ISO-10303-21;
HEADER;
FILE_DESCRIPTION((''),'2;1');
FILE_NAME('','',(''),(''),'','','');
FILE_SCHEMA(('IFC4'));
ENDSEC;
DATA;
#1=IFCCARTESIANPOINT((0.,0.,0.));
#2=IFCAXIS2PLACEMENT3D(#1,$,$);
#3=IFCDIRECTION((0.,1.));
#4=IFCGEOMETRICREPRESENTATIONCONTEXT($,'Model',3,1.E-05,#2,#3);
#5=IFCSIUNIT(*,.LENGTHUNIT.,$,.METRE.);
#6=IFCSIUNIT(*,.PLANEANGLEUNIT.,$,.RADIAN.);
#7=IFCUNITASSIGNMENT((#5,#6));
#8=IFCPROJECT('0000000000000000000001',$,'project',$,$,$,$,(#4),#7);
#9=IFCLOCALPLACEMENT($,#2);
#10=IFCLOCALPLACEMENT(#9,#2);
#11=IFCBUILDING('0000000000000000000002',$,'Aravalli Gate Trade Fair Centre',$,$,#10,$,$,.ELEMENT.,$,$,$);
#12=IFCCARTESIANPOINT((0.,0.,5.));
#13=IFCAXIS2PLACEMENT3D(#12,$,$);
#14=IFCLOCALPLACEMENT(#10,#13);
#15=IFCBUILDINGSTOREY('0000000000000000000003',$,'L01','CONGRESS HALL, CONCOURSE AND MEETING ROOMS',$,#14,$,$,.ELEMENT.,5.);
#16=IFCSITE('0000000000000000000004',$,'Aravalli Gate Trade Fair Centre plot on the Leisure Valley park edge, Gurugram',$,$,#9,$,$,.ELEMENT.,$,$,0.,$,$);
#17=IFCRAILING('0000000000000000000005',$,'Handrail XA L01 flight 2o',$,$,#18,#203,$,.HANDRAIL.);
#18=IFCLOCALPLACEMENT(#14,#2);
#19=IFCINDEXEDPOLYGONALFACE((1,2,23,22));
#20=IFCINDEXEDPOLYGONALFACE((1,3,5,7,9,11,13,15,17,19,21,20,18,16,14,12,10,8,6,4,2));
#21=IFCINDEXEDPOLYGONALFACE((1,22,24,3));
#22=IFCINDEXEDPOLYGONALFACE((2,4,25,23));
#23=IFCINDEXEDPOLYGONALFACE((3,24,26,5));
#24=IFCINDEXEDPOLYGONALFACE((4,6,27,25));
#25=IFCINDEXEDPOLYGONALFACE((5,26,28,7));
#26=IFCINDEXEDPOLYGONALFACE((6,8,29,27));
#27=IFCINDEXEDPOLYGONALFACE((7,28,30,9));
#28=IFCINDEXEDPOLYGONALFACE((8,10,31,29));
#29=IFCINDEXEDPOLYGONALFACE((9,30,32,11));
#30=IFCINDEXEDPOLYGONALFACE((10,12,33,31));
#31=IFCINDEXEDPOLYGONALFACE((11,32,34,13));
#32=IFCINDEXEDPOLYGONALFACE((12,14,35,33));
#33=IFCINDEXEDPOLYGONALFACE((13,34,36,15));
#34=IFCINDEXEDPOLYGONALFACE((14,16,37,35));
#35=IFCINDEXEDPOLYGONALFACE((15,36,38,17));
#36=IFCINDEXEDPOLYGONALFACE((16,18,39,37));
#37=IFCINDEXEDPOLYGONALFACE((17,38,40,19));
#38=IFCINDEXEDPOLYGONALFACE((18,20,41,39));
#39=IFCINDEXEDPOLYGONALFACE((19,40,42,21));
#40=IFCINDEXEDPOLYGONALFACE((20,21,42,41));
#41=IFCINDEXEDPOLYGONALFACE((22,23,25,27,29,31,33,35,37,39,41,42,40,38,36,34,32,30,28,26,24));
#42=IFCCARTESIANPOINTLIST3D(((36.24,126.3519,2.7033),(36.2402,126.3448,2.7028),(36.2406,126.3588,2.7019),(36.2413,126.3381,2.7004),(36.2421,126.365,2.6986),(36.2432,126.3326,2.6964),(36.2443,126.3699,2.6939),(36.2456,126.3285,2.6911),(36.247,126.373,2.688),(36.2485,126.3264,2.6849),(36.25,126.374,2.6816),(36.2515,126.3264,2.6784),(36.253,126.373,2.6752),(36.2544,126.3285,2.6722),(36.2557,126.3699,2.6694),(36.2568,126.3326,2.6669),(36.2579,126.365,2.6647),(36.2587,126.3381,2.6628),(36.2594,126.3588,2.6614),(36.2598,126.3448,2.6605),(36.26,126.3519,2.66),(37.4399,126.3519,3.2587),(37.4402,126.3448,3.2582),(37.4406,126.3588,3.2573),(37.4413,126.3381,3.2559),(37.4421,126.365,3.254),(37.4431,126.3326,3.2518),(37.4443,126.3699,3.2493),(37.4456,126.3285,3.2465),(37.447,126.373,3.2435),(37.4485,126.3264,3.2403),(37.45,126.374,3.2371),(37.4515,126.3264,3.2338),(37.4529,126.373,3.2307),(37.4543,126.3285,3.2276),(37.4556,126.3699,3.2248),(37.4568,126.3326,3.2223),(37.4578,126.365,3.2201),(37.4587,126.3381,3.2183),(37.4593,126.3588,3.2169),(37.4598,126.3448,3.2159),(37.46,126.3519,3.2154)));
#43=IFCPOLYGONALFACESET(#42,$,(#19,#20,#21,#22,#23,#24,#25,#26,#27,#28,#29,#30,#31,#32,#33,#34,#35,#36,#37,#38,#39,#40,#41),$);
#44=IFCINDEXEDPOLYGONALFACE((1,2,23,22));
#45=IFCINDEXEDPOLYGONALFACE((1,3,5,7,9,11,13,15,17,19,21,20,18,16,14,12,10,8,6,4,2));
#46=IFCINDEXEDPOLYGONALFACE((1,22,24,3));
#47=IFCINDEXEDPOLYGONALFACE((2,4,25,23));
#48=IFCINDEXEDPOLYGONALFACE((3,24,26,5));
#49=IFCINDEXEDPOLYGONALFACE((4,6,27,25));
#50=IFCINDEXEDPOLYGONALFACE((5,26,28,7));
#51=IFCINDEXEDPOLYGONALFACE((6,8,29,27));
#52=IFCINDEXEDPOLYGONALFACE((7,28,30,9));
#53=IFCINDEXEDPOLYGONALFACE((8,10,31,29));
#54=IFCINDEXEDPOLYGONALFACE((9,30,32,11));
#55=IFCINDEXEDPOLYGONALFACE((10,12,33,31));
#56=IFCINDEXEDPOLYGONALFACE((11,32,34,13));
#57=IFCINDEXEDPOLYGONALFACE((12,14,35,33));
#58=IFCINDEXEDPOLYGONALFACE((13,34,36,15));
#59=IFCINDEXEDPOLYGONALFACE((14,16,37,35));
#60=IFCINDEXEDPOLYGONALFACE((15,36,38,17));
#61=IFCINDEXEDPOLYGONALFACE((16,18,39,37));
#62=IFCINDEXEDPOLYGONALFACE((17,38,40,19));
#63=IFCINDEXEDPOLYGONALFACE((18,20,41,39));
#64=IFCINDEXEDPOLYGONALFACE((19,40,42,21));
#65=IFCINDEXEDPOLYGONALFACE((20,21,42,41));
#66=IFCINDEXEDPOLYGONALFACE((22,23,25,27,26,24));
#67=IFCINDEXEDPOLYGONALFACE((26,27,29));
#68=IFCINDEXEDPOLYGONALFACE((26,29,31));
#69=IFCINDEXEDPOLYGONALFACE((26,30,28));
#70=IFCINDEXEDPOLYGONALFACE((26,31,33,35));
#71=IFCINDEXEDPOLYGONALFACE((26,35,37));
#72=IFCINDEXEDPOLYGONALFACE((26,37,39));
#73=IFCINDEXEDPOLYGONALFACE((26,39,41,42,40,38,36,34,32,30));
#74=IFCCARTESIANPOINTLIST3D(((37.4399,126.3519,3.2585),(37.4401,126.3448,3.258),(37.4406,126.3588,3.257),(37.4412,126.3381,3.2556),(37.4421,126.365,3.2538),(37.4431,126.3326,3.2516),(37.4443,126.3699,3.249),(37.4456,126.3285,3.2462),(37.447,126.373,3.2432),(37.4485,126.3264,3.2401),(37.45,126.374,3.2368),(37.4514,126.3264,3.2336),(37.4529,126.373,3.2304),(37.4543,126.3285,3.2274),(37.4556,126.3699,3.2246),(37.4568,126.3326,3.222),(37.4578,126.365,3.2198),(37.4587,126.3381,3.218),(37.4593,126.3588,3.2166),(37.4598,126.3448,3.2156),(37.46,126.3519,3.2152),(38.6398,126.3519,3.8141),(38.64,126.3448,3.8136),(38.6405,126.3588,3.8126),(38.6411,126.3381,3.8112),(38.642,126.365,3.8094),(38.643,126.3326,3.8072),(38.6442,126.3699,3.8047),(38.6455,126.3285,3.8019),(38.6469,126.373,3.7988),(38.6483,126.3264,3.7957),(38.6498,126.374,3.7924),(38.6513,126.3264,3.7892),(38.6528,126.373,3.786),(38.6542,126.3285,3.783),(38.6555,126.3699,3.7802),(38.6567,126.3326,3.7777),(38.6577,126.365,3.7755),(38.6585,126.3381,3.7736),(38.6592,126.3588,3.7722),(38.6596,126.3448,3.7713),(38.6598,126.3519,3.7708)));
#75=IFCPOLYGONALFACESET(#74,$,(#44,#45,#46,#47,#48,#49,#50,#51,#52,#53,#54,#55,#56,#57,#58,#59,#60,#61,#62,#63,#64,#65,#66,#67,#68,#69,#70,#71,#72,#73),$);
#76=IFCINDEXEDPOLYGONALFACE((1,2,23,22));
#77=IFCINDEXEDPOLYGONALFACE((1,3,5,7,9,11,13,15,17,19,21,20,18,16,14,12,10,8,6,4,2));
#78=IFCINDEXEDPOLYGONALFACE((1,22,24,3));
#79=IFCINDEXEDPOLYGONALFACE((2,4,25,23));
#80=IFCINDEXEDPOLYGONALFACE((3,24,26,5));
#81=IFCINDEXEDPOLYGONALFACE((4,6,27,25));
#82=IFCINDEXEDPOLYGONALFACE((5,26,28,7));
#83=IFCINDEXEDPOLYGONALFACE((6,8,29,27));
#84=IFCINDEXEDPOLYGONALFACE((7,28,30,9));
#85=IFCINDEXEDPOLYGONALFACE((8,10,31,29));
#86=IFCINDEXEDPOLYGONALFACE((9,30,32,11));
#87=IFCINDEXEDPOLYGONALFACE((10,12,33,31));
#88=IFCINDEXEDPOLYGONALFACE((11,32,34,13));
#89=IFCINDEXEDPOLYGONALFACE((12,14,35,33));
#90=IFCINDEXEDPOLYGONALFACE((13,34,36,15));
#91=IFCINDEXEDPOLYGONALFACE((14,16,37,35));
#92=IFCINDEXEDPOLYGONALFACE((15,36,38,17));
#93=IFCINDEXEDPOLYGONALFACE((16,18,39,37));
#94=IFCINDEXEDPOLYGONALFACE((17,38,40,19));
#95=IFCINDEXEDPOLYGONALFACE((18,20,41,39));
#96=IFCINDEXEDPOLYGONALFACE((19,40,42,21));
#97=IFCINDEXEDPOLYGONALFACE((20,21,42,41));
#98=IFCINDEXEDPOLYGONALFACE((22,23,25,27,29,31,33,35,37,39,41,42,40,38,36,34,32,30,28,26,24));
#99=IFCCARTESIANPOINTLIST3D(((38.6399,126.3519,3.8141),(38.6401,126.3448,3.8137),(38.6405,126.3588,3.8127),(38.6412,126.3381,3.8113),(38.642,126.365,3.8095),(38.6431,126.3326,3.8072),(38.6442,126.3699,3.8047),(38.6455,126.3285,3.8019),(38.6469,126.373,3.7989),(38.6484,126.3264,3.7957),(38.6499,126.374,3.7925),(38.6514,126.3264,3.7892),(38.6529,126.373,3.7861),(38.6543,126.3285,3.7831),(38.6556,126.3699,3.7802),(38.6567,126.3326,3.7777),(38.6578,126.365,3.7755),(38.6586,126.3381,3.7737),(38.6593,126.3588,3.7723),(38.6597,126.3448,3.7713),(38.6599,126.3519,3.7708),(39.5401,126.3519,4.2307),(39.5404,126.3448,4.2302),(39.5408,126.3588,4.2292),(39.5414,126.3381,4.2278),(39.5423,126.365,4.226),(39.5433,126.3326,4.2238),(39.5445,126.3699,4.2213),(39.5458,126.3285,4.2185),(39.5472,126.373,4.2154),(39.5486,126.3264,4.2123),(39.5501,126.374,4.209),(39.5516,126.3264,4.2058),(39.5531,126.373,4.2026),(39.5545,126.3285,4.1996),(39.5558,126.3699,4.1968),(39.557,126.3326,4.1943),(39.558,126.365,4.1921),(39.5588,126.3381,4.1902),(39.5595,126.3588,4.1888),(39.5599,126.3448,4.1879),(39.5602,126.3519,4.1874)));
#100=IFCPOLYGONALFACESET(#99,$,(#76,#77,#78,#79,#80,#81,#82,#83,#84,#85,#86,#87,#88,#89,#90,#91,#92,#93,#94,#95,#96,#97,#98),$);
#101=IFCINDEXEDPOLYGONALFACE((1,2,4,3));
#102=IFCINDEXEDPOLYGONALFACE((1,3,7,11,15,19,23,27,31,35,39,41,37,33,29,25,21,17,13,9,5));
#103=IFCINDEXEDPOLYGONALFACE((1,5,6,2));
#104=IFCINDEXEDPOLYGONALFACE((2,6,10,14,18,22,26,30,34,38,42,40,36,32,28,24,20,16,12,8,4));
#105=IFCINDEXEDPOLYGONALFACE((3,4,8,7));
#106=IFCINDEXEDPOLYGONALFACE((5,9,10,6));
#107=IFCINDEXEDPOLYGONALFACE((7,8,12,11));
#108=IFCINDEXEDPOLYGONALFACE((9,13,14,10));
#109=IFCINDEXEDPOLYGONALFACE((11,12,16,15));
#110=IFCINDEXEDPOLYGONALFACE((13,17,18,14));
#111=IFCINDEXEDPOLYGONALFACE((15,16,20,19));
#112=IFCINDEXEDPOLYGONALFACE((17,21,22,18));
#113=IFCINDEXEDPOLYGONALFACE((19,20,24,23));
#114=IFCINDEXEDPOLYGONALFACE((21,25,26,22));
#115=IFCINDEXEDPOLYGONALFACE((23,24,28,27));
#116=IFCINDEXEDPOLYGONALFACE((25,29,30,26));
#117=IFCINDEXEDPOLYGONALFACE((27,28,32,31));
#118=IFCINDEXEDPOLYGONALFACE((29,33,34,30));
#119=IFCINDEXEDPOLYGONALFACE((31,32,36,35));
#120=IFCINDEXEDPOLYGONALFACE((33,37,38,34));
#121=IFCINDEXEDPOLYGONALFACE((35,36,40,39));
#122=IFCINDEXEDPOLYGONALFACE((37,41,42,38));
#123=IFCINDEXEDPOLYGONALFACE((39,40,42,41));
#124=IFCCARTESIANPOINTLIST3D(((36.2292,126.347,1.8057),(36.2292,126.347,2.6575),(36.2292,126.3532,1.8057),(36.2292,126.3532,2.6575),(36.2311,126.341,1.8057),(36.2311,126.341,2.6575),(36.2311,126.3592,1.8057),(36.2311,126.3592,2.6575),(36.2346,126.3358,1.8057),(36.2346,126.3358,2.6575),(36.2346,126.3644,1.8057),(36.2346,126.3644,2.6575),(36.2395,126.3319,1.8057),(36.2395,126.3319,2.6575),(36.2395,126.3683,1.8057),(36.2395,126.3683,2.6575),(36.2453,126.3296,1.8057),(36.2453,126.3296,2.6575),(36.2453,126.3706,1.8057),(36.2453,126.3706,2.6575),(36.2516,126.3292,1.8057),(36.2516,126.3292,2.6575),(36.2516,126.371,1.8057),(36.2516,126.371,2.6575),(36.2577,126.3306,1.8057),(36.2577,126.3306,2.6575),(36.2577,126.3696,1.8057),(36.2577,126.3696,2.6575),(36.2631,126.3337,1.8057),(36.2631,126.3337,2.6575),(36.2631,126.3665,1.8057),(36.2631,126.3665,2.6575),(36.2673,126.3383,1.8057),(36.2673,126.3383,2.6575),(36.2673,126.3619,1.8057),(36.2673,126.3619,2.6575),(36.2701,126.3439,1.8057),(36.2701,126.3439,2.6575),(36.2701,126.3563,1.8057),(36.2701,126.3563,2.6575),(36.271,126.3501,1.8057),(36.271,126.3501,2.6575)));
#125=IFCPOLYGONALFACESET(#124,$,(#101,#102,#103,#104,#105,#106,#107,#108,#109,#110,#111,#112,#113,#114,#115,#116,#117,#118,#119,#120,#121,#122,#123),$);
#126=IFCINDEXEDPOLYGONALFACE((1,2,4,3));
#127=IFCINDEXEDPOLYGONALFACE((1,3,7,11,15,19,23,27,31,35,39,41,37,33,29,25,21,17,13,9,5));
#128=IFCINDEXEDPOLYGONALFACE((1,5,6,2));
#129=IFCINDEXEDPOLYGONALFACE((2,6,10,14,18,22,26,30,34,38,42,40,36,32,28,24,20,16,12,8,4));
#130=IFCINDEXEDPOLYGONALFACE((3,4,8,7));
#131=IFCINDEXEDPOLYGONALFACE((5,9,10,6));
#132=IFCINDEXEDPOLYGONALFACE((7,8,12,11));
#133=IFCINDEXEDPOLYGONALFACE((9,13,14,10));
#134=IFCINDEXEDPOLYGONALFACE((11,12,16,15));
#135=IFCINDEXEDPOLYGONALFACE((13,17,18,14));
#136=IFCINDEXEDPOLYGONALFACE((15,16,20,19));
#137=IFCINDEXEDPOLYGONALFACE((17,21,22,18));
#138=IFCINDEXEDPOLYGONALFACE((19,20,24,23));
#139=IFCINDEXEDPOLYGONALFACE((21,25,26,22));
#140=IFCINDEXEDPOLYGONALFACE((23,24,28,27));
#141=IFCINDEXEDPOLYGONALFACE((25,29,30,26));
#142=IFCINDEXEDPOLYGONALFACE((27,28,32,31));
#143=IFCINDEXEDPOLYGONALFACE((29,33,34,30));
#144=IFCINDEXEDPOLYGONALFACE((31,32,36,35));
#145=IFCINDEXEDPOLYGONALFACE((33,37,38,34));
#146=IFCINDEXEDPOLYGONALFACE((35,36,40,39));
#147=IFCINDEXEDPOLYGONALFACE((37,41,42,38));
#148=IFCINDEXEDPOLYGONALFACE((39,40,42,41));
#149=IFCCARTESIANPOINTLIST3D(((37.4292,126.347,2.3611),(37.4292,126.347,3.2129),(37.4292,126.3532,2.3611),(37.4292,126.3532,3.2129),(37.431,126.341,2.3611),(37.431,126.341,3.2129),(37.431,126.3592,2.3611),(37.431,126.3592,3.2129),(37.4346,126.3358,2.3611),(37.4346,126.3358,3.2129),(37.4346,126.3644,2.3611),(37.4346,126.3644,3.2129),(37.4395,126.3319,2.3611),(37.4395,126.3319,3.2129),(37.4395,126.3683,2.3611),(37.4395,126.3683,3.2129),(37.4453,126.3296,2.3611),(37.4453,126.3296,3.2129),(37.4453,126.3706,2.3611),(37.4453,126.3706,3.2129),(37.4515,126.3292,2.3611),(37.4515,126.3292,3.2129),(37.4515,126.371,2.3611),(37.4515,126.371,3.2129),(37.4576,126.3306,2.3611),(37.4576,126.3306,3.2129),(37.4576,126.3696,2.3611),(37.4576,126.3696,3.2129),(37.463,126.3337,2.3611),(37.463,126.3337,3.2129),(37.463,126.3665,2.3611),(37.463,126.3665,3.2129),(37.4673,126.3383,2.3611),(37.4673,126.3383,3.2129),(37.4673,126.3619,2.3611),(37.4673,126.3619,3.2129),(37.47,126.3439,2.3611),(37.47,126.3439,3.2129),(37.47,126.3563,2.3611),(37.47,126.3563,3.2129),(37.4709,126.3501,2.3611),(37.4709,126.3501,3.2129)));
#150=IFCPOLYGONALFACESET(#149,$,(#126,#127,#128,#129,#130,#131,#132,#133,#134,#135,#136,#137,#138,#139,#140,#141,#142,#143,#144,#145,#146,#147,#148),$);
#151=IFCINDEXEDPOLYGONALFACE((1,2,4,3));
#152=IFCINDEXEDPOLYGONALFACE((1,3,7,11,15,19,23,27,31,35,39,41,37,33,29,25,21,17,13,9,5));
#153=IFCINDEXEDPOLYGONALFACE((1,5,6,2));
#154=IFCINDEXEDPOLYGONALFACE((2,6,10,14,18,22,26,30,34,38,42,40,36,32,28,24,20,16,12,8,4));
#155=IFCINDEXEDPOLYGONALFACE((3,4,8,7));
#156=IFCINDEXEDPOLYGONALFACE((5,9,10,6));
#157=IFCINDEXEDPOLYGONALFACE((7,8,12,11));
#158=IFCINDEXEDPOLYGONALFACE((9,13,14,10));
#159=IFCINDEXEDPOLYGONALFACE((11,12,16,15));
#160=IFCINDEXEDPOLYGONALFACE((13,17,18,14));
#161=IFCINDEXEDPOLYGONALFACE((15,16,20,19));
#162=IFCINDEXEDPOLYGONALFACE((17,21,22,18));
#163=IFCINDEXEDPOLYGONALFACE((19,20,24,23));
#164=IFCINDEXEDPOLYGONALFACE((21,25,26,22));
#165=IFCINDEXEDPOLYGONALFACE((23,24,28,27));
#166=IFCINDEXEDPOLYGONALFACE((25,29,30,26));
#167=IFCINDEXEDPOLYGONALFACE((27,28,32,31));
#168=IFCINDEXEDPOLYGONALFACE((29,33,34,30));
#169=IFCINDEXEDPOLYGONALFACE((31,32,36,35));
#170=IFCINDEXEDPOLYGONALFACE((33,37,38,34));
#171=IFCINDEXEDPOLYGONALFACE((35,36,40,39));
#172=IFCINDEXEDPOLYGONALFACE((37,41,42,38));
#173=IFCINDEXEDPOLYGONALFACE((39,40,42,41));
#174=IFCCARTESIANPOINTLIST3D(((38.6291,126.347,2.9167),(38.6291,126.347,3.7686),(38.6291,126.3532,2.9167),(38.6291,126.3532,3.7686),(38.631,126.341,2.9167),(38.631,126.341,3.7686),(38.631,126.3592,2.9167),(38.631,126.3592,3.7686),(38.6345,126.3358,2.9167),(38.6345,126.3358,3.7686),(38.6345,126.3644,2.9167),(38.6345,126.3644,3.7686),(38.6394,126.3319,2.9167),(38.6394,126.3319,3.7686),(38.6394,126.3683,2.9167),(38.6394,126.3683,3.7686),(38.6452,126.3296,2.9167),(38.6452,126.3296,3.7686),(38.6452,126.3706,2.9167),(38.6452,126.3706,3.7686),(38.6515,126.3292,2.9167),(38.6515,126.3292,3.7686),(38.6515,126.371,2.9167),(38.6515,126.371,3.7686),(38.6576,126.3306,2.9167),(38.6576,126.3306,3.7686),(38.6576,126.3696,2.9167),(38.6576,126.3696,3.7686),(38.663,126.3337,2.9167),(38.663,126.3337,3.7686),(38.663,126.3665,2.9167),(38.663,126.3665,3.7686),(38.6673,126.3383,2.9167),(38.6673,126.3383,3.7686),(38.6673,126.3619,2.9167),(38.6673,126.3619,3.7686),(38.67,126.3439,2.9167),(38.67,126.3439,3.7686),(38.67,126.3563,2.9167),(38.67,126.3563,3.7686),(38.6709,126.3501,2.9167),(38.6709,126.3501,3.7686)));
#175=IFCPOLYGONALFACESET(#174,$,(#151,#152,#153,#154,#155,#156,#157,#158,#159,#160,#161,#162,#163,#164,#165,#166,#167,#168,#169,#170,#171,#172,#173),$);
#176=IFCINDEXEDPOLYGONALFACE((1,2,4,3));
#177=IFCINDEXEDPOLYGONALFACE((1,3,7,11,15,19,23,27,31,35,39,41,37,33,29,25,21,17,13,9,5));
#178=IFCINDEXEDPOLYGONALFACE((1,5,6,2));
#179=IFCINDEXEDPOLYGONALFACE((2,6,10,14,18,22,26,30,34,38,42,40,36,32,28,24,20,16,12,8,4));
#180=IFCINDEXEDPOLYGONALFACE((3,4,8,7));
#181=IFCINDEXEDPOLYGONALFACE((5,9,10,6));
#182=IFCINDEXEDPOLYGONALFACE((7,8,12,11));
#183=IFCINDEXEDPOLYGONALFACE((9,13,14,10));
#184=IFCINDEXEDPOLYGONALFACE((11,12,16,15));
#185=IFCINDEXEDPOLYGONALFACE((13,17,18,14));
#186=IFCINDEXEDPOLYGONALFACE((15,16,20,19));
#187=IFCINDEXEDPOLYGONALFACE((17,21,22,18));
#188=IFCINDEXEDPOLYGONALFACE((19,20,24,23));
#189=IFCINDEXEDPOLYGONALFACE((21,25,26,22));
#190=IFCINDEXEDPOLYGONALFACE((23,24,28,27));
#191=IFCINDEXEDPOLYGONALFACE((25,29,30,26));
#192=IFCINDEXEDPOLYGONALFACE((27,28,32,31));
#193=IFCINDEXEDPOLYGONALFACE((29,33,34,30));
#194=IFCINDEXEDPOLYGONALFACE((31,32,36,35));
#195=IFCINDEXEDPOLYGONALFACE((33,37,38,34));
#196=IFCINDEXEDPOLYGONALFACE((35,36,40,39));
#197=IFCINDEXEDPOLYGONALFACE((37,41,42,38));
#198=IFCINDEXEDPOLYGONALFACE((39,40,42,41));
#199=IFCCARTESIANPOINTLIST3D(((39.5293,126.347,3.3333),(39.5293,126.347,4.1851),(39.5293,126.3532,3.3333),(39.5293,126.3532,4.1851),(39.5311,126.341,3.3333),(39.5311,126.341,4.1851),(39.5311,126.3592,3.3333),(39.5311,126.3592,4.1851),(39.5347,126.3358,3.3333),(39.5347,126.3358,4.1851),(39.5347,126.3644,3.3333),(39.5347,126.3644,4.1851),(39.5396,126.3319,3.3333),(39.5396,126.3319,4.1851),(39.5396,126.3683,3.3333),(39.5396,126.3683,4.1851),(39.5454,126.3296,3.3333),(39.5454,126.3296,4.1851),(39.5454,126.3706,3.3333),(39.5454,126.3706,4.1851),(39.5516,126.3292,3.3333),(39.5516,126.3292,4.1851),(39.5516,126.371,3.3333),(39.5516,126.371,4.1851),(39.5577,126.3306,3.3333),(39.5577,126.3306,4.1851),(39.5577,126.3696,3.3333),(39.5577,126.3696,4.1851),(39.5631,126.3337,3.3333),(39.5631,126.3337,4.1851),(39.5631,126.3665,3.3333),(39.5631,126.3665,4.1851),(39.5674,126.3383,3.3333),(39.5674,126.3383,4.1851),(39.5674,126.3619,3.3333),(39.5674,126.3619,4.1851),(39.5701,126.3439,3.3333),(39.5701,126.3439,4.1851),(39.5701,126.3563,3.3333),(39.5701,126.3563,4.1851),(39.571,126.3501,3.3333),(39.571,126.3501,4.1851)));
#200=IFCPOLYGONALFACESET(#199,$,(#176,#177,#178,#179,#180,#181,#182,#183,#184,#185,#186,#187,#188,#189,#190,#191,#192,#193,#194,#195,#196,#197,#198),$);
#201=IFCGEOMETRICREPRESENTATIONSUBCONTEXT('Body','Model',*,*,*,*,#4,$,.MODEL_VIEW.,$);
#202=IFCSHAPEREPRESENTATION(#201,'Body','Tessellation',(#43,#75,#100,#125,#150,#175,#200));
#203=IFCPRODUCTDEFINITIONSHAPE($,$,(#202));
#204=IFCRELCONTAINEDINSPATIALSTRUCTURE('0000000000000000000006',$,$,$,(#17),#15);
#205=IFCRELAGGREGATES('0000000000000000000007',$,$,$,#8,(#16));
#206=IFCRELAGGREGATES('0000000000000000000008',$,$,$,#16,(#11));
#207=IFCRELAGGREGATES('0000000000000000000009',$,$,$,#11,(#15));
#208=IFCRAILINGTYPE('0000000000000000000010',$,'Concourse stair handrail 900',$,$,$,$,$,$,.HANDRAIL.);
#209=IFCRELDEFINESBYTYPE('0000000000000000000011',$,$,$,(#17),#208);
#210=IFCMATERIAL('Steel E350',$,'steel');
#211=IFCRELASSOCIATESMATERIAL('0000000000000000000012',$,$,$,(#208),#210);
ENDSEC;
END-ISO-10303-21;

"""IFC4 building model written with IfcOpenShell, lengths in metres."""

from ifc_helpers import new_model, si_unit, direction, frame, origin, origin_2d, place, context, subcontext, project, spatial, circle, extrude, material, type_object, element, save


model = new_model("IFC4")

# Units and contexts
model_context = context("Model", 3, precision=1e-05, world=origin(), true_north=direction((0.0, 1.0)))
body_context = subcontext(model_context, "Body", "Model", "MODEL_VIEW")
ifc_project = project(units=[si_unit("LENGTHUNIT", "METRE"), si_unit("PLANEANGLEUNIT", "RADIAN")], contexts=[model_context])

# Site, building, storey
site_placement = place(None, origin())
site = spatial("IfcSite", under=ifc_project, at=site_placement, Name="Aravalli Gate Trade Fair Centre plot on the Leisure Valley park edge, Gurugram", CompositionType="ELEMENT", RefElevation=0.0)
building_placement = place(site_placement, origin())
building = spatial("IfcBuilding", under=site, at=building_placement, Name="Aravalli Gate Trade Fair Centre", CompositionType="ELEMENT")
storey_placement = place(building_placement, frame((0.0, 0.0, 5.0)))
storey = spatial("IfcBuildingStorey", under=building, at=storey_placement, Name="L01", Description="CONGRESS HALL, CONCOURSE AND MEETING ROOMS", CompositionType="ELEMENT", Elevation=5.0)

# Shared definitions
ifc_material_1 = material(Name="Steel E350", Category="steel")

# Railing
railing_type_1 = type_object("IfcRailingType", Name="Concourse stair handrail 900", PredefinedType="HANDRAIL", material=ifc_material_1)
for number, where, name in (
    (1, (36.25, 126.3501, 1.8057), "Handrail XA L01 flight 2o"),
):
    element("IfcRailing", number, at=place(storey_placement, frame(where)), inside=storey, type_object=railing_type_1, Name=name, PredefinedType="HANDRAIL", context=body_context, shape_type="SweptSolid", body=[
        extrude(circle(Radius=0.0239, at=origin_2d()), frame((0.0, 0.0, 0.876), z_axis=(0.907499, 0.0, 0.420053), x_axis=(0.0, 1.0, 0.0)), (0.0, 0.0, 1.0), 1.3223),
        extrude(circle(Radius=0.0239, at=origin_2d()), frame((1.2, 0.0, 1.4312), z_axis=(0.907429, 0.0, 0.420205), x_axis=(0.0, 1.0, 0.0)), (0.0, 0.0, 1.0), 1.3223),
        extrude(circle(Radius=0.0239, at=origin_2d()), frame((2.3999, 0.0, 1.9868), z_axis=(0.907556, 0.0, 0.419932), x_axis=(0.0, 1.0, 0.0)), (0.0, 0.0, 1.0), 0.9919),
        extrude(circle(Radius=0.021, at=origin_2d()), origin(), (0.0, 0.0, 1.0), 0.8518),
        extrude(circle(Radius=0.021, at=origin_2d()), frame((1.2, 0.0, 0.5554)), (0.0, 0.0, 1.0), 0.8518),
        extrude(circle(Radius=0.021, at=origin_2d()), frame((2.3999, 0.0, 1.1111)), (0.0, 0.0, 1.0), 0.8518),
        extrude(circle(Radius=0.021, at=origin_2d()), frame((3.3, 0.0, 1.5276)), (0.0, 0.0, 1.0), 0.8518),
    ])

save(model, "model.ifc")
